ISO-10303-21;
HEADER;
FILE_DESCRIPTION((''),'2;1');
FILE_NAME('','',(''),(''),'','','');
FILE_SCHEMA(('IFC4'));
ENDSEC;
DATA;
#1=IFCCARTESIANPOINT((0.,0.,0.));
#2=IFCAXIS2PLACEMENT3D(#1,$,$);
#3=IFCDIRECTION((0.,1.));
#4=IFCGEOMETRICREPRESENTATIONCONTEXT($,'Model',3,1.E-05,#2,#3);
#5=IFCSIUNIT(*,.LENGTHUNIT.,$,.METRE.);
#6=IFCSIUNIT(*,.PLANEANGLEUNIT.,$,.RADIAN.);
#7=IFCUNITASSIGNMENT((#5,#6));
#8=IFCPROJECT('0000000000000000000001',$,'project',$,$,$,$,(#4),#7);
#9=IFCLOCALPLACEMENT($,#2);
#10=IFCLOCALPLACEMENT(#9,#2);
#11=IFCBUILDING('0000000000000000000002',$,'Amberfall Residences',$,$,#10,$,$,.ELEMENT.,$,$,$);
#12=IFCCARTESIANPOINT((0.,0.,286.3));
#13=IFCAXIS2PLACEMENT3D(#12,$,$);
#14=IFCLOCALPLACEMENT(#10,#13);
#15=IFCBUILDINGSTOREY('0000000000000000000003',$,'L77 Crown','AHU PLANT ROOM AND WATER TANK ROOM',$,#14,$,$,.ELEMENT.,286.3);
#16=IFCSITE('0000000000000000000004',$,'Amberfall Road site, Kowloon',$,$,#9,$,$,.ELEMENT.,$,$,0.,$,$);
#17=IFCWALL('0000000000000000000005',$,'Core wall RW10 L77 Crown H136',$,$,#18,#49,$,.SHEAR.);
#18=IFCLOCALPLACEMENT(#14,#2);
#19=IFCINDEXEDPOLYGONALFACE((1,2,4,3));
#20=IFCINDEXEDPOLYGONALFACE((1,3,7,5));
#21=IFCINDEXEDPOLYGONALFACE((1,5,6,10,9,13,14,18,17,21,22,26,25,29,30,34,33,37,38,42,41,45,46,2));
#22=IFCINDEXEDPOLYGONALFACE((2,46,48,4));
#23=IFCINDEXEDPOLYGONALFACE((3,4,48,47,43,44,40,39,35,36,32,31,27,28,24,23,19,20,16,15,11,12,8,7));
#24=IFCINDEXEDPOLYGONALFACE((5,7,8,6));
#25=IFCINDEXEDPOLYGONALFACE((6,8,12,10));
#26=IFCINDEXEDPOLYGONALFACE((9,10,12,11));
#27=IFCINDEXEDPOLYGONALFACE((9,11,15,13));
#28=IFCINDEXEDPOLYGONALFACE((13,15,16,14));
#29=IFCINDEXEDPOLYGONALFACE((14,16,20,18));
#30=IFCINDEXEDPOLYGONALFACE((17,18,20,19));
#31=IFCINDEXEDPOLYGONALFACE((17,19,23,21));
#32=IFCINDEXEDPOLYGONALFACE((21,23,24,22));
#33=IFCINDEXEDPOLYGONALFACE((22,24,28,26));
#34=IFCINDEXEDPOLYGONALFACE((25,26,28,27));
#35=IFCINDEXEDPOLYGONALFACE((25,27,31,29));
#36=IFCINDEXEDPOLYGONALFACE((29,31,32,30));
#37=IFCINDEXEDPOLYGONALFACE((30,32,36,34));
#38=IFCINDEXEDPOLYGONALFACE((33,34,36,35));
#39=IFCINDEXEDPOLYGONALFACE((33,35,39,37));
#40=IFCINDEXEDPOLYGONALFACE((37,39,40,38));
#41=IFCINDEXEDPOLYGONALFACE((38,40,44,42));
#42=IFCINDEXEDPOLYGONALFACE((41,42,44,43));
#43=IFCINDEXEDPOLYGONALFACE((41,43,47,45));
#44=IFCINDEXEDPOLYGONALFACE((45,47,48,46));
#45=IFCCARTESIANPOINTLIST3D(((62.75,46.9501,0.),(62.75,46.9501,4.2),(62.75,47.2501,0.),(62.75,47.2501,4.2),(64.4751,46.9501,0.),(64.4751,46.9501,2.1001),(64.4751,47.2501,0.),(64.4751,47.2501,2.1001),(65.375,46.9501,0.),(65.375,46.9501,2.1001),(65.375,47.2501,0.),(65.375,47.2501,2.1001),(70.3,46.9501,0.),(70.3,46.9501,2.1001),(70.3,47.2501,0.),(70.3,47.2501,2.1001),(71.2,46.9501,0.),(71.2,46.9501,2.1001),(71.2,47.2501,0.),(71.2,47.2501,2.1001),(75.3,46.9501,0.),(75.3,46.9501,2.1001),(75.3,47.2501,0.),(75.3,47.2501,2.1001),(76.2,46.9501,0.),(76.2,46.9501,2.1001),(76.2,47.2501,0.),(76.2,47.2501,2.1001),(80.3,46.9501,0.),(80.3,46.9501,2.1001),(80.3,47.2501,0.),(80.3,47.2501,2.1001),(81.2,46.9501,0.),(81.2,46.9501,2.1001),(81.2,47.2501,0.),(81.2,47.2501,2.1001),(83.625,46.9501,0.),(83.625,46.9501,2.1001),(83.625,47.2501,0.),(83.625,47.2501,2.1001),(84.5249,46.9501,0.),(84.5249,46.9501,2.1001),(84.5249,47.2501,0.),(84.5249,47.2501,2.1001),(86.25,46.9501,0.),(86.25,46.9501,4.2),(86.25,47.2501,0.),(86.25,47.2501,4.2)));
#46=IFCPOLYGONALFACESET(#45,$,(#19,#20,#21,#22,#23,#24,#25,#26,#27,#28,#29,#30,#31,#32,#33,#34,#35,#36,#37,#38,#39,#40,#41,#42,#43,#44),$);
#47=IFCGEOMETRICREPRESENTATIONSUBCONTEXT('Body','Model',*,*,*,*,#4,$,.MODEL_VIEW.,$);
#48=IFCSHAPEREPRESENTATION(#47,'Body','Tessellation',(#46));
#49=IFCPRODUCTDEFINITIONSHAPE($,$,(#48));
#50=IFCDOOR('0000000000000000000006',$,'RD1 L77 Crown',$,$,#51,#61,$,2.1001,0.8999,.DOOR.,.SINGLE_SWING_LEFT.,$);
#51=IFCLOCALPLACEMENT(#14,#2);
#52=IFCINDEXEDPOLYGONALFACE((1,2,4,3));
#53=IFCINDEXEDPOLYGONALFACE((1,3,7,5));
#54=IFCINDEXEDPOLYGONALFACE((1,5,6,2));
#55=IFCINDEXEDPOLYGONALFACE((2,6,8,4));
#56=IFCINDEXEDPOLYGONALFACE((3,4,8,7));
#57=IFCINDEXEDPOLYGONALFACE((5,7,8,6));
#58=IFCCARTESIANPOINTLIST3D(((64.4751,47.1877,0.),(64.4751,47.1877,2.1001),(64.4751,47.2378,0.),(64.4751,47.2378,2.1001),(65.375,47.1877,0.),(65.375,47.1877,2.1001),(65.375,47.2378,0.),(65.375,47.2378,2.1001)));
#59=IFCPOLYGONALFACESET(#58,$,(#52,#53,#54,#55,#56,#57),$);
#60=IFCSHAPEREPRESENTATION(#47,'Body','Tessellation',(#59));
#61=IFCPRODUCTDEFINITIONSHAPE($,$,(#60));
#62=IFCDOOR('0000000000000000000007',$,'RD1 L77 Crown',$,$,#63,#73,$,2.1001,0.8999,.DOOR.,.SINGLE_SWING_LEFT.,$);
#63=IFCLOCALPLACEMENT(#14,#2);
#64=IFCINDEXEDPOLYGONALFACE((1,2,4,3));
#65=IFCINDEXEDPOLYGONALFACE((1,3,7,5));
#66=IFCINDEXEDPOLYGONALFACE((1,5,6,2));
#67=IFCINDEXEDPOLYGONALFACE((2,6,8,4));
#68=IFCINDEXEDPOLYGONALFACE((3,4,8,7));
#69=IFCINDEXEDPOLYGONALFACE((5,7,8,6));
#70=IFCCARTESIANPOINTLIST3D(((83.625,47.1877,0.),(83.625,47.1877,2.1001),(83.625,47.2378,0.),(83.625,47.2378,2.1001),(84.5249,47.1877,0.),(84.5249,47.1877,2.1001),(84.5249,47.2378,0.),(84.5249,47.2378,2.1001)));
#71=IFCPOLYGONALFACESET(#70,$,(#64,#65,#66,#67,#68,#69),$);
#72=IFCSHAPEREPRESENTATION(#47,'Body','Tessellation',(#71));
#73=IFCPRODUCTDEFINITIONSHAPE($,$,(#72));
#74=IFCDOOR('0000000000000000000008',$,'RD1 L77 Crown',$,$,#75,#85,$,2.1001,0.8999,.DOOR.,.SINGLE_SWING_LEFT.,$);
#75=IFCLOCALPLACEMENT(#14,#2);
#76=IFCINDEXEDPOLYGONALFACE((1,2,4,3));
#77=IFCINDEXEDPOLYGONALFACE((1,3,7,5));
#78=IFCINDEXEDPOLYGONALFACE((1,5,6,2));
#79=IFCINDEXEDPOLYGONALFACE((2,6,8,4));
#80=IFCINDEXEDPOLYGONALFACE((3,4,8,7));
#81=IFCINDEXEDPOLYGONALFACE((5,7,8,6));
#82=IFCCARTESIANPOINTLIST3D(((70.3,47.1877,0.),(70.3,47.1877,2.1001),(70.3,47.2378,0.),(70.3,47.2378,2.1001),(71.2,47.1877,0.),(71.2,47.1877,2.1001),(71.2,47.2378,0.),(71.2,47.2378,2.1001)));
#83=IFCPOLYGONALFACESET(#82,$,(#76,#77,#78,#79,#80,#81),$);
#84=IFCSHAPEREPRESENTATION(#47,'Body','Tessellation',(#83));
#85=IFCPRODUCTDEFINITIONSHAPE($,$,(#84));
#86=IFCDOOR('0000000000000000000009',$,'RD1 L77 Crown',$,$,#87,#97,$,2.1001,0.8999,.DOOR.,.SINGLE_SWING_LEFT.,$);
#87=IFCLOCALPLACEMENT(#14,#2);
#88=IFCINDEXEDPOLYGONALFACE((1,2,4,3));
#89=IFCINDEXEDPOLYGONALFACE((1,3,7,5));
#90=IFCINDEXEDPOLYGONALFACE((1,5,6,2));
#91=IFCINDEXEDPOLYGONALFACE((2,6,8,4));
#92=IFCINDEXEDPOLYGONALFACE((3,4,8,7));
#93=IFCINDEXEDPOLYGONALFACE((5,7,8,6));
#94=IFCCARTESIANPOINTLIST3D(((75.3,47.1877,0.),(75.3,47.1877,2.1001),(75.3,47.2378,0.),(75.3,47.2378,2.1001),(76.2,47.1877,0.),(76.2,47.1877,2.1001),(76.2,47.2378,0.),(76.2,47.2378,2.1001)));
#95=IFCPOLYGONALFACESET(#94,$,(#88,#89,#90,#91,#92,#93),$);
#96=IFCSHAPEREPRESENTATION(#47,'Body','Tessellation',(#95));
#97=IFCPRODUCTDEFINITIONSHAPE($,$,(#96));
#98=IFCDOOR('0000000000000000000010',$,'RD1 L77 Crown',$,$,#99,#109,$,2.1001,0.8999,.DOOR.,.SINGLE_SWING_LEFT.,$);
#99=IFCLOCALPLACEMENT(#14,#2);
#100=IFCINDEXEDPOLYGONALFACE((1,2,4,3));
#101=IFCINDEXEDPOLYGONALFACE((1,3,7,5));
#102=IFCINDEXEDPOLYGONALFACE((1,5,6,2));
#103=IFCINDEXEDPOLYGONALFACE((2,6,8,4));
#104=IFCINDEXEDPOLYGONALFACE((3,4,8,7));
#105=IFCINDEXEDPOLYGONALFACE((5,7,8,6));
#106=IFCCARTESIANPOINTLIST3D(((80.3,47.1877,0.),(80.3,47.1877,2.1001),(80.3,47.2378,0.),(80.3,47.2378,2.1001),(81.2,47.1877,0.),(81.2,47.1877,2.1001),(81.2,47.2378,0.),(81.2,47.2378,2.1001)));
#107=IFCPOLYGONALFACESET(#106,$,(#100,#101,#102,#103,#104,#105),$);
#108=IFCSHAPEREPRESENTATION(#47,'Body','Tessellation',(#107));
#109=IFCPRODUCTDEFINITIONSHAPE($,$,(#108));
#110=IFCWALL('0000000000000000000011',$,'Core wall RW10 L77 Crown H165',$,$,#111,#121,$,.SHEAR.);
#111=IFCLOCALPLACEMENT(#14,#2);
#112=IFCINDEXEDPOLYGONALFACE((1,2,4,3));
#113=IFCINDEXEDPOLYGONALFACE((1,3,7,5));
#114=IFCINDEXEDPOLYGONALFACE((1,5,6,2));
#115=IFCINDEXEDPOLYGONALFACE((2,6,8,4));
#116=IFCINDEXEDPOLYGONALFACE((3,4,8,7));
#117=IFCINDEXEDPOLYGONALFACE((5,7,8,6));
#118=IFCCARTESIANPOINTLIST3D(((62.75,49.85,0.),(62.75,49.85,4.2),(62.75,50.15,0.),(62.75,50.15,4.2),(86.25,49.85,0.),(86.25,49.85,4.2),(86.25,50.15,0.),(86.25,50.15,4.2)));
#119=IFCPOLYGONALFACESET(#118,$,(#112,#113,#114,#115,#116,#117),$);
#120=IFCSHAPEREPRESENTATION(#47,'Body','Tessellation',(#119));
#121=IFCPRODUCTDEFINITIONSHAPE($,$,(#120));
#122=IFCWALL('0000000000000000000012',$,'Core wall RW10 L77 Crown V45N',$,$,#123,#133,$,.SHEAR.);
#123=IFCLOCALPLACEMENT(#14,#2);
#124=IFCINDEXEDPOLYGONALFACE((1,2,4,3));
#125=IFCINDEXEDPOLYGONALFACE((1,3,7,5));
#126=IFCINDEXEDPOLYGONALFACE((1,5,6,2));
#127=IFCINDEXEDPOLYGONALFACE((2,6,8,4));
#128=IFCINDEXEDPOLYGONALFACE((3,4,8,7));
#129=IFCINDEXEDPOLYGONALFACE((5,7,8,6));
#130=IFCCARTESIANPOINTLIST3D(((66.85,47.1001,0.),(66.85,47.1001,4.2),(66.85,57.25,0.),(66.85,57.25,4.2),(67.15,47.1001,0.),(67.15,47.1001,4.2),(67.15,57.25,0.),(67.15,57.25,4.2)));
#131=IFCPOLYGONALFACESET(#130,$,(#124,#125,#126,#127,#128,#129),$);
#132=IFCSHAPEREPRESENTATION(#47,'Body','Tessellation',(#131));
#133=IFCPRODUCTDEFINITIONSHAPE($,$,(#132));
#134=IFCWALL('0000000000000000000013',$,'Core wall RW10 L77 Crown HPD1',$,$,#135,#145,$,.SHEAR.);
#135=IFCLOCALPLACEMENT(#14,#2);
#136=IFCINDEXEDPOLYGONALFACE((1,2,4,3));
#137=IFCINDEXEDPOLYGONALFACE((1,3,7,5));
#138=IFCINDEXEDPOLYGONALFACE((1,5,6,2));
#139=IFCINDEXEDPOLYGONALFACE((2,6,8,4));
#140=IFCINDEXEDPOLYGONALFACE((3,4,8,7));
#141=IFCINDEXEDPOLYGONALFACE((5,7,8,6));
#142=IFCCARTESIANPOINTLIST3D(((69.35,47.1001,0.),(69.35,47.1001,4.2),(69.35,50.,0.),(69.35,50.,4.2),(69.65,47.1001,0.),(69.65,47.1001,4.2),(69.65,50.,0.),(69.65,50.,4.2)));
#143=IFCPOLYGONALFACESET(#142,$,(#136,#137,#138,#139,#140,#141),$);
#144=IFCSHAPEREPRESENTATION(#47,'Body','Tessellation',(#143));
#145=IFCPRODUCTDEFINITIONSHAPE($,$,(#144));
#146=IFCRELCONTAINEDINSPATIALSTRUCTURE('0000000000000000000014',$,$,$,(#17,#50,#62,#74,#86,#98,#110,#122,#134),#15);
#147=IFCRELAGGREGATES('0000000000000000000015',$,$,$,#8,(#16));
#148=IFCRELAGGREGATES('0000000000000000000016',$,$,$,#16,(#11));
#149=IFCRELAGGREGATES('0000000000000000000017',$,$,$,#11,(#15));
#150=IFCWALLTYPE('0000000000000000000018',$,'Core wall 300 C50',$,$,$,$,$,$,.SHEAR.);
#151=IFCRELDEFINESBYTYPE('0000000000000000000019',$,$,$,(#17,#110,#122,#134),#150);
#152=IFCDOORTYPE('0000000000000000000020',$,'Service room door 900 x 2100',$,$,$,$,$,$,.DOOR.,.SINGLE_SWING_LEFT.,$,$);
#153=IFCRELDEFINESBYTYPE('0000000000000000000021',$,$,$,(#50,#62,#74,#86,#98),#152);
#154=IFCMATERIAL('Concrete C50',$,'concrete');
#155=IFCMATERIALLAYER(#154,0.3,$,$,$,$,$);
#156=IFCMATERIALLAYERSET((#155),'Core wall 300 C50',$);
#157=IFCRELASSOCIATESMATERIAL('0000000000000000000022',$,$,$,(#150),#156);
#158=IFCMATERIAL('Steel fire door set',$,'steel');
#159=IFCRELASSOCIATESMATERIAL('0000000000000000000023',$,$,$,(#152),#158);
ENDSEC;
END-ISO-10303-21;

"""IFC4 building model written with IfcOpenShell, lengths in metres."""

from ifc_helpers import new_model, si_unit, direction, frame, frame_2d, origin, place, context, subcontext, project, spatial, rectangle, extrude, material, layer, layer_set, type_object, element, fill, save


model = new_model("IFC4")

# Units and contexts
model_context = context("Model", 3, precision=1e-05, world=origin(), true_north=direction((0.0, 1.0)))
body_context = subcontext(model_context, "Body", "Model", "MODEL_VIEW")
ifc_project = project(units=[si_unit("LENGTHUNIT", "METRE"), si_unit("PLANEANGLEUNIT", "RADIAN")], contexts=[model_context])

# Site, building, storey
site_placement = place(None, origin())
site = spatial("IfcSite", under=ifc_project, at=site_placement, Name="Amberfall Road site, Kowloon", CompositionType="ELEMENT", RefElevation=0.0)
building_placement = place(site_placement, origin())
building = spatial("IfcBuilding", under=site, at=building_placement, Name="Amberfall Residences", CompositionType="ELEMENT")
storey_placement = place(building_placement, frame((0.0, 0.0, 286.3)))
storey = spatial("IfcBuildingStorey", under=building, at=storey_placement, Name="L77 Crown", Description="AHU PLANT ROOM AND WATER TANK ROOM", CompositionType="ELEMENT", Elevation=286.3)

# Wall, openings, doors
ifc_material_1 = material(Name="Concrete C50", Category="concrete")
ifc_layer_1 = layer(ifc_material_1, 0.3)
ifc_layer_set_1 = layer_set([ifc_layer_1], Name="Core wall 300 C50")
wall_type_1 = type_object("IfcWallType", Name="Core wall 300 C50", PredefinedType="SHEAR", material=ifc_layer_set_1)
ifc_material_2 = material(Name="Steel fire door set", Category="steel")
door_type_1 = type_object("IfcDoorType", Name="Service room door 900 x 2100", OperationType="SINGLE_SWING_LEFT", PredefinedType="DOOR", material=ifc_material_2)
wall_1_placement = place(storey_placement, frame((62.75, 47.1001, 0.0), z_axis=(0.0, 0.0, 1.0), x_axis=(1.0, 0.0, 0.0)))
wall_1 = element("IfcWall", 1, at=wall_1_placement, inside=storey, type_object=wall_type_1, Name="Core wall RW10 L77 Crown H136", PredefinedType="SHEAR", context=body_context, shape_type="SweptSolid", body=[
    extrude(rectangle(XDim=23.5, YDim=0.3, at=frame_2d((11.75, 0.0))), origin(), (0.0, 0.0, 1.0), 4.2),
])
opening_1_placement = place(wall_1_placement, frame((1.7251, 0.0, 0.0)))
opening_1 = element("IfcOpeningElement", 2, at=opening_1_placement, cuts=wall_1, PredefinedType="OPENING", context=body_context, shape_type="SweptSolid", body=[
    extrude(rectangle(XDim=0.8999, YDim=2.1001, at=frame_2d((0.45, 1.05))), frame((0.0, 0.1599, 0.0), z_axis=(0.0, -1.0, 0.0), x_axis=(1.0, 0.0, 0.0)), (0.0, 0.0, 1.0), 0.3201),
])
opening_2_placement = place(wall_1_placement, frame((20.875, 0.0, 0.0)))
opening_2 = element("IfcOpeningElement", 3, at=opening_2_placement, cuts=wall_1, PredefinedType="OPENING", context=body_context, shape_type="SweptSolid", body=[
    extrude(rectangle(XDim=0.8999, YDim=2.1001, at=frame_2d((0.45, 1.05))), frame((0.0, 0.1599, 0.0), z_axis=(0.0, -1.0, 0.0), x_axis=(1.0, 0.0, 0.0)), (0.0, 0.0, 1.0), 0.3201),
])
opening_3_placement = place(wall_1_placement, frame((7.55, 0.0, 0.0)))
opening_3 = element("IfcOpeningElement", 4, at=opening_3_placement, cuts=wall_1, PredefinedType="OPENING", context=body_context, shape_type="SweptSolid", body=[
    extrude(rectangle(XDim=0.8999, YDim=2.1001, at=frame_2d((0.45, 1.05))), frame((0.0, 0.1599, 0.0), z_axis=(0.0, -1.0, 0.0), x_axis=(1.0, 0.0, 0.0)), (0.0, 0.0, 1.0), 0.3201),
])
opening_4_placement = place(wall_1_placement, frame((12.55, 0.0, 0.0)))
opening_4 = element("IfcOpeningElement", 5, at=opening_4_placement, cuts=wall_1, PredefinedType="OPENING", context=body_context, shape_type="SweptSolid", body=[
    extrude(rectangle(XDim=0.8999, YDim=2.1001, at=frame_2d((0.45, 1.05))), frame((0.0, 0.1599, 0.0), z_axis=(0.0, -1.0, 0.0), x_axis=(1.0, 0.0, 0.0)), (0.0, 0.0, 1.0), 0.3201),
])
opening_5_placement = place(wall_1_placement, frame((17.55, 0.0, 0.0)))
opening_5 = element("IfcOpeningElement", 6, at=opening_5_placement, cuts=wall_1, PredefinedType="OPENING", context=body_context, shape_type="SweptSolid", body=[
    extrude(rectangle(XDim=0.8999, YDim=2.1001, at=frame_2d((0.45, 1.05))), frame((0.0, 0.1599, 0.0), z_axis=(0.0, -1.0, 0.0), x_axis=(1.0, 0.0, 0.0)), (0.0, 0.0, 1.0), 0.3201),
])
door_1_placement = place(opening_1_placement, origin())
door_1 = element("IfcDoor", 7, at=door_1_placement, inside=storey, type_object=door_type_1, Name="RD1 L77 Crown", OperationType="SINGLE_SWING_LEFT", OverallHeight=2.1001, OverallWidth=0.8999, PredefinedType="DOOR", context=body_context, shape_type="SweptSolid", body=[
    extrude(rectangle(XDim=0.8999, YDim=2.1001, at=frame_2d((0.45, 1.05))), frame((0.0, 0.1377, 0.0), z_axis=(0.0, -1.0, 0.0), x_axis=(1.0, 0.0, 0.0)), (0.0, 0.0, 1.0), 0.05),
])
fill(opening_1, door_1)
door_2_placement = place(opening_2_placement, origin())
door_2 = element("IfcDoor", 8, at=door_2_placement, inside=storey, type_object=door_type_1, Name="RD1 L77 Crown", OperationType="SINGLE_SWING_LEFT", OverallHeight=2.1001, OverallWidth=0.8999, PredefinedType="DOOR", context=body_context, shape_type="SweptSolid", body=[
    extrude(rectangle(XDim=0.8999, YDim=2.1001, at=frame_2d((0.45, 1.05))), frame((0.0, 0.1377, 0.0), z_axis=(0.0, -1.0, 0.0), x_axis=(1.0, 0.0, 0.0)), (0.0, 0.0, 1.0), 0.05),
])
fill(opening_2, door_2)
door_3_placement = place(opening_3_placement, origin())
door_3 = element("IfcDoor", 9, at=door_3_placement, inside=storey, type_object=door_type_1, Name="RD1 L77 Crown", OperationType="SINGLE_SWING_LEFT", OverallHeight=2.1001, OverallWidth=0.8999, PredefinedType="DOOR", context=body_context, shape_type="SweptSolid", body=[
    extrude(rectangle(XDim=0.8999, YDim=2.1001, at=frame_2d((0.45, 1.05))), frame((0.0, 0.1377, 0.0), z_axis=(0.0, -1.0, 0.0), x_axis=(1.0, 0.0, 0.0)), (0.0, 0.0, 1.0), 0.05),
])
fill(opening_3, door_3)
door_4_placement = place(opening_4_placement, origin())
door_4 = element("IfcDoor", 10, at=door_4_placement, inside=storey, type_object=door_type_1, Name="RD1 L77 Crown", OperationType="SINGLE_SWING_LEFT", OverallHeight=2.1001, OverallWidth=0.8999, PredefinedType="DOOR", context=body_context, shape_type="SweptSolid", body=[
    extrude(rectangle(XDim=0.8999, YDim=2.1001, at=frame_2d((0.45, 1.05))), frame((0.0, 0.1377, 0.0), z_axis=(0.0, -1.0, 0.0), x_axis=(1.0, 0.0, 0.0)), (0.0, 0.0, 1.0), 0.05),
])
fill(opening_4, door_4)
door_5_placement = place(opening_5_placement, origin())
door_5 = element("IfcDoor", 11, at=door_5_placement, inside=storey, type_object=door_type_1, Name="RD1 L77 Crown", OperationType="SINGLE_SWING_LEFT", OverallHeight=2.1001, OverallWidth=0.8999, PredefinedType="DOOR", context=body_context, shape_type="SweptSolid", body=[
    extrude(rectangle(XDim=0.8999, YDim=2.1001, at=frame_2d((0.45, 1.05))), frame((0.0, 0.1377, 0.0), z_axis=(0.0, -1.0, 0.0), x_axis=(1.0, 0.0, 0.0)), (0.0, 0.0, 1.0), 0.05),
])
fill(opening_5, door_5)

# Walls
wall_2_placement = place(storey_placement, frame((62.75, 50.0, 0.0), z_axis=(0.0, 0.0, 1.0), x_axis=(1.0, 0.0, 0.0)))
element("IfcWall", 12, at=wall_2_placement, inside=storey, type_object=wall_type_1, Name="Core wall RW10 L77 Crown H165", PredefinedType="SHEAR", context=body_context, shape_type="SweptSolid", body=[
    extrude(rectangle(XDim=23.5, YDim=0.3, at=frame_2d((11.75, 0.0))), origin(), (0.0, 0.0, 1.0), 4.2),
])
wall_3_placement = place(storey_placement, frame((67.0, 47.1001, 0.0), z_axis=(0.0, 0.0, 1.0), x_axis=(0.0, 1.0, 0.0)))
element("IfcWall", 13, at=wall_3_placement, inside=storey, type_object=wall_type_1, Name="Core wall RW10 L77 Crown V45N", PredefinedType="SHEAR", context=body_context, shape_type="SweptSolid", body=[
    extrude(rectangle(XDim=10.1499, YDim=0.3, at=frame_2d((5.075, 0.0))), origin(), (0.0, 0.0, 1.0), 4.2),
])
wall_4_placement = place(storey_placement, frame((69.5, 47.1001, 0.0), z_axis=(0.0, 0.0, 1.0), x_axis=(0.0, 1.0, 0.0)))
element("IfcWall", 14, at=wall_4_placement, inside=storey, type_object=wall_type_1, Name="Core wall RW10 L77 Crown HPD1", PredefinedType="SHEAR", context=body_context, shape_type="SweptSolid", body=[
    extrude(rectangle(XDim=2.8999, YDim=0.3, at=frame_2d((1.45, 0.0))), origin(), (0.0, 0.0, 1.0), 4.2),
])

save(model, "model.ifc")
